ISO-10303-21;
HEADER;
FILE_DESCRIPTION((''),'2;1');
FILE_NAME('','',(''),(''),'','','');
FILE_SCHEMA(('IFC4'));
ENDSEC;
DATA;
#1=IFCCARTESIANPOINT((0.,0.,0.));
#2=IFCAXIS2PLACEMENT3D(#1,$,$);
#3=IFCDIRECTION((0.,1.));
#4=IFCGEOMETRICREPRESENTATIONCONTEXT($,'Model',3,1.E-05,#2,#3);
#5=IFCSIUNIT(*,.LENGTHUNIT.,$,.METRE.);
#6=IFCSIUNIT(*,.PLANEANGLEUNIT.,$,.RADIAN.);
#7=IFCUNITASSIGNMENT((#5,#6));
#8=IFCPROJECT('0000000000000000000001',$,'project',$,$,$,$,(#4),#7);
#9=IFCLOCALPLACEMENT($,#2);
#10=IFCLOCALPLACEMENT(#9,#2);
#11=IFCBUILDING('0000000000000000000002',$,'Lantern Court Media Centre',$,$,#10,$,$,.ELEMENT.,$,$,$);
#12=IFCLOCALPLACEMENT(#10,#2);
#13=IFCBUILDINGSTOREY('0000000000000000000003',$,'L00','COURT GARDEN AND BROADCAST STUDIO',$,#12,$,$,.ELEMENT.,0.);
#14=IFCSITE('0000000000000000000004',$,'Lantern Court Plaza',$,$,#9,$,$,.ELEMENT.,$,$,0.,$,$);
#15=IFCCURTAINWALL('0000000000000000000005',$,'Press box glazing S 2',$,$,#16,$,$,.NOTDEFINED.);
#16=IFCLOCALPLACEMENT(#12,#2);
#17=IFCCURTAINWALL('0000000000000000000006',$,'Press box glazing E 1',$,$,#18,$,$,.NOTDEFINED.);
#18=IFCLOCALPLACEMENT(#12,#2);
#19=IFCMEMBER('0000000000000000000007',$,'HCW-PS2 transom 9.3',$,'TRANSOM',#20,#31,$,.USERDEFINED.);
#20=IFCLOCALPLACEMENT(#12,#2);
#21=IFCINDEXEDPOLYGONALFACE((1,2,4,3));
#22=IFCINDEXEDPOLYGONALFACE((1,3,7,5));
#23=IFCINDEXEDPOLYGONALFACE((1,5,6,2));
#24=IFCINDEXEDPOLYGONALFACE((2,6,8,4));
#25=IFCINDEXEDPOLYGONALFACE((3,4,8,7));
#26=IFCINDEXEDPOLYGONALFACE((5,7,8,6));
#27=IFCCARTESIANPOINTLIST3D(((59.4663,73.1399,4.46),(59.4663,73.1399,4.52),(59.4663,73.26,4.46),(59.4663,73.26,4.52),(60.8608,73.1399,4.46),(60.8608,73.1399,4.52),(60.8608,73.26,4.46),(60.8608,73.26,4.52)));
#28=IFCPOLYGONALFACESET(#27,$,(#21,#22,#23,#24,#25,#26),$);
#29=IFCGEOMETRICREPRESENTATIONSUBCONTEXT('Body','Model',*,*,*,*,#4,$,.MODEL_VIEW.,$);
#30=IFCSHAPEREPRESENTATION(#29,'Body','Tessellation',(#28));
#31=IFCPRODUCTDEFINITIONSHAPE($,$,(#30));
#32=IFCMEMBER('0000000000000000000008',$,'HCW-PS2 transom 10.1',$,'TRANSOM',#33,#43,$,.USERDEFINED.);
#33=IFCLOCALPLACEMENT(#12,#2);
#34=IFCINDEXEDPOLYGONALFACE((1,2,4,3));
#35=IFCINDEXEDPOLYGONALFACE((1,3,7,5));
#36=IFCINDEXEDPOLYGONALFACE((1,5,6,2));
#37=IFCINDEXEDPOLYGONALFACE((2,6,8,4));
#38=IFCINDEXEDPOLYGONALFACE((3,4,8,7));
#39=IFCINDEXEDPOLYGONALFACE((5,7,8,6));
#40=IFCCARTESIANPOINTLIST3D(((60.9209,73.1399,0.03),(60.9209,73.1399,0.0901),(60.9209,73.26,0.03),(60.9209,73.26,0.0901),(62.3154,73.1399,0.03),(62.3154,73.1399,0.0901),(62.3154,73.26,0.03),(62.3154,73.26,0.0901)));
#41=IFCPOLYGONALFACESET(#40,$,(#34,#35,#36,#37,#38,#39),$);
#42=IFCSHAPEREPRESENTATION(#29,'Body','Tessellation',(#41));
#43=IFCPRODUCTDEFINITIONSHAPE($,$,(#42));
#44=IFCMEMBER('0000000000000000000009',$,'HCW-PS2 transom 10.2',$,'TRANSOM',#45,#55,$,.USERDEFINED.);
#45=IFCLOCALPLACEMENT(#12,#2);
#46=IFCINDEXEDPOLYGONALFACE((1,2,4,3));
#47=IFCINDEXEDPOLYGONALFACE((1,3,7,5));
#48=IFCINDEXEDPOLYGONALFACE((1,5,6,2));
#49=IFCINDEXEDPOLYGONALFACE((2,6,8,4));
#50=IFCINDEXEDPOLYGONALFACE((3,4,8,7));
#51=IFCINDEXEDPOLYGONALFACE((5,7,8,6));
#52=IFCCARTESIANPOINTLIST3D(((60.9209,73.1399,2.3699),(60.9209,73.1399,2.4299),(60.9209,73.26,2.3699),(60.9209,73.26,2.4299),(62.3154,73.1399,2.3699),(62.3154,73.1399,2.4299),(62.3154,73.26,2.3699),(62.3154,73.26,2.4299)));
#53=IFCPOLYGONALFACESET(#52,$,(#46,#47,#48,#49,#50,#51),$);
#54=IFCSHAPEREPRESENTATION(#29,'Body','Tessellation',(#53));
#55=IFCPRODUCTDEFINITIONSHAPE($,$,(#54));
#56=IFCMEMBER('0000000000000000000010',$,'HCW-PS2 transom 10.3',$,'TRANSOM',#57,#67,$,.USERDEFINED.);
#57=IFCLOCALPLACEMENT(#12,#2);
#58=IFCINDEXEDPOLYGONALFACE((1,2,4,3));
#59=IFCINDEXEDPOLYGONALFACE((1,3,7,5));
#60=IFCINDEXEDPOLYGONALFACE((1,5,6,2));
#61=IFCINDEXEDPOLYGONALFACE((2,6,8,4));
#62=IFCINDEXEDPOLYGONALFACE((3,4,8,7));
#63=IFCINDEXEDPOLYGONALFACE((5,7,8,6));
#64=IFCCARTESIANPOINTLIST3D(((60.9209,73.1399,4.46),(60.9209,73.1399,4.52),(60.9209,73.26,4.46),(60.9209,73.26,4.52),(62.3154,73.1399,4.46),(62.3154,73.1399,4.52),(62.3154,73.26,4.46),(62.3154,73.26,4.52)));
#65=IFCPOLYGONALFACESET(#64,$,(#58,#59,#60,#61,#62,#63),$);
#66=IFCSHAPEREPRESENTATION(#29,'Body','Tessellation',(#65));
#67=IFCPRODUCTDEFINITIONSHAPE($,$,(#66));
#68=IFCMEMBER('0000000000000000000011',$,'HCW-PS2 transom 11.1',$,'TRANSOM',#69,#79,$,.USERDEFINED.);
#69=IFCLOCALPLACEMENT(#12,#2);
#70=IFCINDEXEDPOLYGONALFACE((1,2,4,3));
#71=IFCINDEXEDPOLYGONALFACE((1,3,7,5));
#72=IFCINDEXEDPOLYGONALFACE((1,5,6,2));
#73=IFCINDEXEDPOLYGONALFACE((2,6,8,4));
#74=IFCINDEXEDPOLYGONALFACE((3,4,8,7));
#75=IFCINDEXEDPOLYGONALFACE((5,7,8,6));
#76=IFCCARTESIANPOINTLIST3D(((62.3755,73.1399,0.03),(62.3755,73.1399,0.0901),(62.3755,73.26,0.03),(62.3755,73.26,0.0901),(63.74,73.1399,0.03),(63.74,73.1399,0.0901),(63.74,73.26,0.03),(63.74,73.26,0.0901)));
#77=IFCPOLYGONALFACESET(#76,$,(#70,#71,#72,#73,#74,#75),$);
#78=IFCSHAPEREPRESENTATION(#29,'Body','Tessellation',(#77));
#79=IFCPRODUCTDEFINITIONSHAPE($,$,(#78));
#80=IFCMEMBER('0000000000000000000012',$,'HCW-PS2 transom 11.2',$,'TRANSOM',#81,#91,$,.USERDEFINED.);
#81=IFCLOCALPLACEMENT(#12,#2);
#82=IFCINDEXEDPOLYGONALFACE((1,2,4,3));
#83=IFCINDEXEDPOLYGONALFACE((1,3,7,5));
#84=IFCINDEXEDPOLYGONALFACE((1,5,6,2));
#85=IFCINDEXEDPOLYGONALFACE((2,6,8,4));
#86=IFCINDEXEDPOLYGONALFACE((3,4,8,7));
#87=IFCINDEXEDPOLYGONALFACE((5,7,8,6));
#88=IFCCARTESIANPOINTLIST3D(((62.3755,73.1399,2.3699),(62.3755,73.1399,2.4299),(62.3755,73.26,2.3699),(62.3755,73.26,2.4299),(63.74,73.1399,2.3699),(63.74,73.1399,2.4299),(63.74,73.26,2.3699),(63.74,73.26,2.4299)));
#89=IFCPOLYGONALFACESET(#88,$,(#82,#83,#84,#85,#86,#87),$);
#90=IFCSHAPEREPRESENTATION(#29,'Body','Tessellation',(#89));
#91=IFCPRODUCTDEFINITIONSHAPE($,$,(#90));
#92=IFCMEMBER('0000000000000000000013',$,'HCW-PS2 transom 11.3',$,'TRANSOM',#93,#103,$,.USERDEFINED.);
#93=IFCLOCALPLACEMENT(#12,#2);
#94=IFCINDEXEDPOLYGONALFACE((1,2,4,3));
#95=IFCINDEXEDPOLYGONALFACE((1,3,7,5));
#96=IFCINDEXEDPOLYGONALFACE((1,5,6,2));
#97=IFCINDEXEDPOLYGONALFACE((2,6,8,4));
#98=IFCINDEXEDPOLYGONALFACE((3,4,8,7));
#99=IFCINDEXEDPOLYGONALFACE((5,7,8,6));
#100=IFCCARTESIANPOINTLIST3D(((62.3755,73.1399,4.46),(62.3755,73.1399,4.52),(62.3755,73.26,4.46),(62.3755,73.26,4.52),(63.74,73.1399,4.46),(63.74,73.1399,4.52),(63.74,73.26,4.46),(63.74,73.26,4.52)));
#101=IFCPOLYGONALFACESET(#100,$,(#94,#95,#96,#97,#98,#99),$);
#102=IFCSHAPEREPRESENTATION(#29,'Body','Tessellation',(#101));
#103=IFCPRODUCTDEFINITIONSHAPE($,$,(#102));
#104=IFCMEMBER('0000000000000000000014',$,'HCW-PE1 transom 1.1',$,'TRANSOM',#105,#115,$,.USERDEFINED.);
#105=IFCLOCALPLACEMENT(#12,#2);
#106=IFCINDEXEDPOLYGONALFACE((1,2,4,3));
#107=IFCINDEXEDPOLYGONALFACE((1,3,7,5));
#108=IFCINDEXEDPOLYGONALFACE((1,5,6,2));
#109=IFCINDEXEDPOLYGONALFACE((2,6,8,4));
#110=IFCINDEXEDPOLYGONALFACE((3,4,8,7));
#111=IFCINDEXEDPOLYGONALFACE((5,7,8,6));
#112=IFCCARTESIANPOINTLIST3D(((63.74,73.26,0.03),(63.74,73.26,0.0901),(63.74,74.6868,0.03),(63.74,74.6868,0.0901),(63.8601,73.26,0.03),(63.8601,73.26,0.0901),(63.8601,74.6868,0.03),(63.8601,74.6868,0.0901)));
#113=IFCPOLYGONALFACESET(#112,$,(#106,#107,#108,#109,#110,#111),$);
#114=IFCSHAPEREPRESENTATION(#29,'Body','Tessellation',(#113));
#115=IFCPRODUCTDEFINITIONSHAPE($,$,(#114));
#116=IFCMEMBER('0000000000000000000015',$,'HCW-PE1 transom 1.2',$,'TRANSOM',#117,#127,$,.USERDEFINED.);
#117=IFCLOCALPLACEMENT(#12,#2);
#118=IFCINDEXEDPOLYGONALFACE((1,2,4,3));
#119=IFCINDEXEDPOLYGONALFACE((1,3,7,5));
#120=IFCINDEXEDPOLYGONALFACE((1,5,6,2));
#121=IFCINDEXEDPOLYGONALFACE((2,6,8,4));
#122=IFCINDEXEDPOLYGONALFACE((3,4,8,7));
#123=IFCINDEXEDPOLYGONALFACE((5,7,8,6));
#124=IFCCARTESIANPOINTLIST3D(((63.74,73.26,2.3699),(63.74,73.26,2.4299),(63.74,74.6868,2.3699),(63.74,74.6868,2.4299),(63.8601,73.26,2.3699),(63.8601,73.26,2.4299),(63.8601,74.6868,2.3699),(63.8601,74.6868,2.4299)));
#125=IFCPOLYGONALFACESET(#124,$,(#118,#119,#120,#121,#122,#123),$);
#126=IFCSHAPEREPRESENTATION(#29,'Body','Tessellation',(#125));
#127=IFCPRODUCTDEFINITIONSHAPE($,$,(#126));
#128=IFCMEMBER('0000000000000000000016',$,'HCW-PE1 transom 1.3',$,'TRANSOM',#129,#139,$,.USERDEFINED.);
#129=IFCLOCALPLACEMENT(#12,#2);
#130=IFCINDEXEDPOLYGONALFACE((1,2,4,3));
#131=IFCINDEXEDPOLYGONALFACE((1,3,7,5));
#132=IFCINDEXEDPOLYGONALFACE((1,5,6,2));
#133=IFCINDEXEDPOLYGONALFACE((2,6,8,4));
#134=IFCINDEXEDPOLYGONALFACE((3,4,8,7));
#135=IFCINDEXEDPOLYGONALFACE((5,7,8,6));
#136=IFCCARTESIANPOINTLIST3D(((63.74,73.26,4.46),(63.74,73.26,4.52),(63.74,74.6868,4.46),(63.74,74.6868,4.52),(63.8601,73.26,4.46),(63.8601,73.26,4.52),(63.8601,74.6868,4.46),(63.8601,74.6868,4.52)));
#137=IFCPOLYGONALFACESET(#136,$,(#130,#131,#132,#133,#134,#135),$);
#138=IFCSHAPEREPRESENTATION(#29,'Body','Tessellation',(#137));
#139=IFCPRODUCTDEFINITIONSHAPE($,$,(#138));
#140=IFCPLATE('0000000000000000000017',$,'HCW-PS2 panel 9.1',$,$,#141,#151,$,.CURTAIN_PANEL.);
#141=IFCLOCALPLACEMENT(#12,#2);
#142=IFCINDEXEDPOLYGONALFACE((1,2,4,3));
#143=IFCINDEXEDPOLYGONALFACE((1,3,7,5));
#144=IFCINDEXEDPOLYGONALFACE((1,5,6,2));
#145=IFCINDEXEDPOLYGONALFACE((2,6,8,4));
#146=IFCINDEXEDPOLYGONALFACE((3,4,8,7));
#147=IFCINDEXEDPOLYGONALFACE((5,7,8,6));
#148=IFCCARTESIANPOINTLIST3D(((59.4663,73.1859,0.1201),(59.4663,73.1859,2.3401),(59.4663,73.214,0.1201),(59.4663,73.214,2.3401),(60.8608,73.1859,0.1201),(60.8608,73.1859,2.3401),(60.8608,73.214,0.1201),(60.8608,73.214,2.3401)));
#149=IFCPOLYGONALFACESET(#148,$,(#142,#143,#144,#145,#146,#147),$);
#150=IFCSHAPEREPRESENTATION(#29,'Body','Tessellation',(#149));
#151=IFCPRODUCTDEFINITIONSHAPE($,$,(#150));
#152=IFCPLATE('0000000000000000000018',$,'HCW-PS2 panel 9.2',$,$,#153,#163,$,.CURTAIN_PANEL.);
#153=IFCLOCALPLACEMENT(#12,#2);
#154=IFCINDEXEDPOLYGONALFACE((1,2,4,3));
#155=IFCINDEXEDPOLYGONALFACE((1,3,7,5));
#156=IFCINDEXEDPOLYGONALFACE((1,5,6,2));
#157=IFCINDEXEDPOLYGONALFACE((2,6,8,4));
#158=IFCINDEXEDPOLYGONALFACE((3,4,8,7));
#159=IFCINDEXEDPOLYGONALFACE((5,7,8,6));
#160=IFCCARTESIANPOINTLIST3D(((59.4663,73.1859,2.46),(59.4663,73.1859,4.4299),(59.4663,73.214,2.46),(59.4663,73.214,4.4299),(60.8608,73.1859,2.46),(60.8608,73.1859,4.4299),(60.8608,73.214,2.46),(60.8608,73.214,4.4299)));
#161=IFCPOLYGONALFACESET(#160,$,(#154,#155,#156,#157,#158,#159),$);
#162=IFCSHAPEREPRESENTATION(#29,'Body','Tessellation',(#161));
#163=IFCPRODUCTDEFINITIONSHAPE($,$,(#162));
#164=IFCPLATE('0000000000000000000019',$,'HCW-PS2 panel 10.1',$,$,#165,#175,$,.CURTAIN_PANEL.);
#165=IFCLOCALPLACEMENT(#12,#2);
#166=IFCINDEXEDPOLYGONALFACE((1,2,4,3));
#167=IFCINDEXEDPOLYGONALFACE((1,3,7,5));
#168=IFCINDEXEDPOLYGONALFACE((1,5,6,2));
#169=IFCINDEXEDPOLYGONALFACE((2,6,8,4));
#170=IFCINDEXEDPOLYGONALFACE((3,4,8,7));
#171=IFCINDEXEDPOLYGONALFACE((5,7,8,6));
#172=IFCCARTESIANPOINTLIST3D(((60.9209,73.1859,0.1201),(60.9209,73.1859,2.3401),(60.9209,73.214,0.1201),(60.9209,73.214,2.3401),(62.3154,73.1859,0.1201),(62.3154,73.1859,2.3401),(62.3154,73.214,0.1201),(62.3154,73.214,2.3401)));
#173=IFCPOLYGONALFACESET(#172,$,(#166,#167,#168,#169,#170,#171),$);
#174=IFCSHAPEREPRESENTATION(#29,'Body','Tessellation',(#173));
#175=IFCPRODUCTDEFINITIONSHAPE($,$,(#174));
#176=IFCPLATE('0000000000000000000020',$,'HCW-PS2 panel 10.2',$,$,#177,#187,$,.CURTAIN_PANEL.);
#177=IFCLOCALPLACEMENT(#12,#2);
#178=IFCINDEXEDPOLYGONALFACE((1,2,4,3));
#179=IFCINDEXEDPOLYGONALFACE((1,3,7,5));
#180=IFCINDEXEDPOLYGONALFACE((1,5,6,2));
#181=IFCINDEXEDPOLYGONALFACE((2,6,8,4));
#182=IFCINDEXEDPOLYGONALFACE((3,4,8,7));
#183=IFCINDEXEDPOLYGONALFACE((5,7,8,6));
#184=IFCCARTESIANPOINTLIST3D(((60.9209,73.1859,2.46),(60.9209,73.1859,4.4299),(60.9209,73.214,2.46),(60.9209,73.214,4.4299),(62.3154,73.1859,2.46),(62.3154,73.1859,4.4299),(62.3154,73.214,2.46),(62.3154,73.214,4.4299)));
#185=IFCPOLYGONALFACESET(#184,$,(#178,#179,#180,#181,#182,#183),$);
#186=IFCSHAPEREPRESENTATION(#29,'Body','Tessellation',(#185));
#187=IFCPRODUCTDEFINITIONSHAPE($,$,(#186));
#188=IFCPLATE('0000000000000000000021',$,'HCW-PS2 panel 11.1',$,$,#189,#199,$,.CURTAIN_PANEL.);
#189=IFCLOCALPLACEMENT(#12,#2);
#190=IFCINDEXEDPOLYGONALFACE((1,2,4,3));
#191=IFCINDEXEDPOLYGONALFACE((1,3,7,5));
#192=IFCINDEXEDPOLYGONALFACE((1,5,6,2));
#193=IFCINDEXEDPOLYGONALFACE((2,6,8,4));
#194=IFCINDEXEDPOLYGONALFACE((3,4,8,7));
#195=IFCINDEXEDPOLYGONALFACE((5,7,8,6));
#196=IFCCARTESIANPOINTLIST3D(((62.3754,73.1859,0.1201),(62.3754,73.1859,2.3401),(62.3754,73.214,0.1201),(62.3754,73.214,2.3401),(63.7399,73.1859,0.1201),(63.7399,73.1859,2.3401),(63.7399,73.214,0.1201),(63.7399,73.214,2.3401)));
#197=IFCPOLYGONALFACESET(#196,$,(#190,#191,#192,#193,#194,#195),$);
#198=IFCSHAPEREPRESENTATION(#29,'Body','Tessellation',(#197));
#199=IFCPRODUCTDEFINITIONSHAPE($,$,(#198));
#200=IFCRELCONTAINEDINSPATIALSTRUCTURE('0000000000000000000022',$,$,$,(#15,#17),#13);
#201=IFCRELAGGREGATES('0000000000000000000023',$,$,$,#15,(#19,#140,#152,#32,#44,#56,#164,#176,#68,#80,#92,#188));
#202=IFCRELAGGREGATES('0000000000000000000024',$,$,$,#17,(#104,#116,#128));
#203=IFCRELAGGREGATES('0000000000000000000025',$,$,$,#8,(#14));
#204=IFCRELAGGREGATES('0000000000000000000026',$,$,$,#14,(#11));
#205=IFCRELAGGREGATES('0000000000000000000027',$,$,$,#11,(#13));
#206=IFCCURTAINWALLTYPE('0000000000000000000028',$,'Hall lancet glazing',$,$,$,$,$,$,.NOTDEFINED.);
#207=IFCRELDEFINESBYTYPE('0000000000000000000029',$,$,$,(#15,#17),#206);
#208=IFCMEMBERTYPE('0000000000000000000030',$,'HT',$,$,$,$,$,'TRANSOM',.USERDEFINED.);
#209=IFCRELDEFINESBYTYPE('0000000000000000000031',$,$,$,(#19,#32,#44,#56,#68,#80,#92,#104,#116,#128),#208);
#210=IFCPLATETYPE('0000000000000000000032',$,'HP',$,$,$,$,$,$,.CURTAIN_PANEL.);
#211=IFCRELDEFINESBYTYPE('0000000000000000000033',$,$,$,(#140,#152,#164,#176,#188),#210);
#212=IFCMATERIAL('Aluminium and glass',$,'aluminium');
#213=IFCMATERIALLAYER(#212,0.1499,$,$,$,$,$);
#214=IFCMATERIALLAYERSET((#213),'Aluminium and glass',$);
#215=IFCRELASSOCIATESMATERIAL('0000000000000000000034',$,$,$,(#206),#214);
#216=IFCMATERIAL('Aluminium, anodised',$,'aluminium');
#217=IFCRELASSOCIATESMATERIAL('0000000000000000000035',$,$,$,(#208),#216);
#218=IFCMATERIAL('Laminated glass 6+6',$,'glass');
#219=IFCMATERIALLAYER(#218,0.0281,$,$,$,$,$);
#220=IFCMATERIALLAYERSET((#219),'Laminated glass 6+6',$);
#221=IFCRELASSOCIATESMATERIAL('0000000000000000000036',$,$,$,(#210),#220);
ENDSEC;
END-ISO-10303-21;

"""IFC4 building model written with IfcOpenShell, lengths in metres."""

from ifc_helpers import new_model, si_unit, direction, frame, origin, origin_2d, place, context, subcontext, project, spatial, rectangle, extrude, material, layer, layer_set, material_profile, profile_set, type_object, element, aggregate, save


model = new_model("IFC4")

# Units and contexts
model_context = context("Model", 3, precision=1e-05, world=origin(), true_north=direction((0.0, 1.0)))
body_context = subcontext(model_context, "Body", "Model", "MODEL_VIEW")
ifc_project = project(units=[si_unit("LENGTHUNIT", "METRE"), si_unit("PLANEANGLEUNIT", "RADIAN")], contexts=[model_context])

# Site, building, storey
site_placement = place(None, origin())
site = spatial("IfcSite", under=ifc_project, at=site_placement, Name="Lantern Court Plaza", CompositionType="ELEMENT", RefElevation=0.0)
building_placement = place(site_placement, origin())
building = spatial("IfcBuilding", under=site, at=building_placement, Name="Lantern Court Media Centre", CompositionType="ELEMENT")
storey_placement = place(building_placement, origin())
storey = spatial("IfcBuildingStorey", under=building, at=storey_placement, Name="L00", Description="COURT GARDEN AND BROADCAST STUDIO", CompositionType="ELEMENT", Elevation=0.0)

# Curtain wall
ifc_material_1 = material(Name="Aluminium and glass", Category="aluminium")
ifc_layer_1 = layer(ifc_material_1, 0.1499)
ifc_layer_set_1 = layer_set([ifc_layer_1], Name="Aluminium and glass")
curtain_wall_type = type_object("IfcCurtainWallType", Name="Hall lancet glazing", PredefinedType="NOTDEFINED", material=ifc_layer_set_1)
curtain_wall_1_placement = place(storey_placement, origin())
curtain_wall_1 = element("IfcCurtainWall", 1, at=curtain_wall_1_placement, inside=storey, type_object=curtain_wall_type, Name="Press box glazing S 2", PredefinedType="NOTDEFINED")
ifc_material_2 = material(Name="Aluminium, anodised", Category="aluminium")

# Curtain wall
curtain_wall_2_placement = place(storey_placement, origin())
curtain_wall_2 = element("IfcCurtainWall", 2, at=curtain_wall_2_placement, inside=storey, type_object=curtain_wall_type, Name="Press box glazing E 1", PredefinedType="NOTDEFINED")

# Members
ifc_material_profile_1 = material_profile(ifc_material_2, rectangle(XDim=0.1201, YDim=0.0601, at=origin_2d()), Name="HT")
ifc_profile_set_1 = profile_set([ifc_material_profile_1], Name="Aluminium, anodised")
member_type_1 = type_object("IfcMemberType", Name="HT", ElementType="TRANSOM", PredefinedType="USERDEFINED", material=ifc_profile_set_1)
member_1_placement = place(storey_placement, frame((59.4663, 73.2, 4.49), z_axis=(1.0, 0.0, 0.0), x_axis=(0.0, 1.0, 0.0)))
member_1 = element("IfcMember", 3, at=member_1_placement, type_object=member_type_1, Name="HCW-PS2 transom 9.3", ObjectType="TRANSOM", PredefinedType="USERDEFINED", context=body_context, shape_type="SweptSolid", body=[
    extrude(rectangle(XDim=0.1201, YDim=0.0601, at=origin_2d()), origin(), (0.0, 0.0, 1.0), 1.3945),
])
member_2_placement = place(storey_placement, frame((60.9209, 73.2, 0.0601), z_axis=(1.0, 0.0, 0.0), x_axis=(0.0, 1.0, 0.0)))
member_2 = element("IfcMember", 4, at=member_2_placement, type_object=member_type_1, Name="HCW-PS2 transom 10.1", ObjectType="TRANSOM", PredefinedType="USERDEFINED", context=body_context, shape_type="SweptSolid", body=[
    extrude(rectangle(XDim=0.1201, YDim=0.0601, at=origin_2d()), origin(), (0.0, 0.0, 1.0), 1.3945),
])
member_3_placement = place(storey_placement, frame((60.9209, 73.2, 2.3999), z_axis=(1.0, 0.0, 0.0), x_axis=(0.0, 1.0, 0.0)))
member_3 = element("IfcMember", 5, at=member_3_placement, type_object=member_type_1, Name="HCW-PS2 transom 10.2", ObjectType="TRANSOM", PredefinedType="USERDEFINED", context=body_context, shape_type="SweptSolid", body=[
    extrude(rectangle(XDim=0.1201, YDim=0.0601, at=origin_2d()), origin(), (0.0, 0.0, 1.0), 1.3945),
])
member_4_placement = place(storey_placement, frame((60.9209, 73.2, 4.49), z_axis=(1.0, 0.0, 0.0), x_axis=(0.0, 1.0, 0.0)))
member_4 = element("IfcMember", 6, at=member_4_placement, type_object=member_type_1, Name="HCW-PS2 transom 10.3", ObjectType="TRANSOM", PredefinedType="USERDEFINED", context=body_context, shape_type="SweptSolid", body=[
    extrude(rectangle(XDim=0.1201, YDim=0.0601, at=origin_2d()), origin(), (0.0, 0.0, 1.0), 1.3945),
])
member_5_placement = place(storey_placement, frame((62.3755, 73.2, 0.0601), z_axis=(1.0, 0.0, 0.0), x_axis=(0.0, 1.0, 0.0)))
member_5 = element("IfcMember", 7, at=member_5_placement, type_object=member_type_1, Name="HCW-PS2 transom 11.1", ObjectType="TRANSOM", PredefinedType="USERDEFINED", context=body_context, shape_type="SweptSolid", body=[
    extrude(rectangle(XDim=0.1201, YDim=0.0601, at=origin_2d()), origin(), (0.0, 0.0, 1.0), 1.3645),
])
member_6_placement = place(storey_placement, frame((62.3755, 73.2, 2.3999), z_axis=(1.0, 0.0, 0.0), x_axis=(0.0, 1.0, 0.0)))
member_6 = element("IfcMember", 8, at=member_6_placement, type_object=member_type_1, Name="HCW-PS2 transom 11.2", ObjectType="TRANSOM", PredefinedType="USERDEFINED", context=body_context, shape_type="SweptSolid", body=[
    extrude(rectangle(XDim=0.1201, YDim=0.0601, at=origin_2d()), origin(), (0.0, 0.0, 1.0), 1.3645),
])
member_7_placement = place(storey_placement, frame((62.3755, 73.2, 4.49), z_axis=(1.0, 0.0, 0.0), x_axis=(0.0, 1.0, 0.0)))
member_7 = element("IfcMember", 9, at=member_7_placement, type_object=member_type_1, Name="HCW-PS2 transom 11.3", ObjectType="TRANSOM", PredefinedType="USERDEFINED", context=body_context, shape_type="SweptSolid", body=[
    extrude(rectangle(XDim=0.1201, YDim=0.0601, at=origin_2d()), origin(), (0.0, 0.0, 1.0), 1.3645),
])
member_8_placement = place(storey_placement, frame((63.8, 73.26, 0.0601), z_axis=(0.0, 1.0, 0.0), x_axis=(-1.0, 0.0, 0.0)))
member_8 = element("IfcMember", 10, at=member_8_placement, type_object=member_type_1, Name="HCW-PE1 transom 1.1", ObjectType="TRANSOM", PredefinedType="USERDEFINED", context=body_context, shape_type="SweptSolid", body=[
    extrude(rectangle(XDim=0.1201, YDim=0.0601, at=origin_2d()), origin(), (0.0, 0.0, 1.0), 1.4268),
])
member_9_placement = place(storey_placement, frame((63.8, 73.26, 2.3999), z_axis=(0.0, 1.0, 0.0), x_axis=(-1.0, 0.0, 0.0)))
member_9 = element("IfcMember", 11, at=member_9_placement, type_object=member_type_1, Name="HCW-PE1 transom 1.2", ObjectType="TRANSOM", PredefinedType="USERDEFINED", context=body_context, shape_type="SweptSolid", body=[
    extrude(rectangle(XDim=0.1201, YDim=0.0601, at=origin_2d()), origin(), (0.0, 0.0, 1.0), 1.4268),
])
member_10_placement = place(storey_placement, frame((63.8, 73.26, 4.49), z_axis=(0.0, 1.0, 0.0), x_axis=(-1.0, 0.0, 0.0)))
member_10 = element("IfcMember", 12, at=member_10_placement, type_object=member_type_1, Name="HCW-PE1 transom 1.3", ObjectType="TRANSOM", PredefinedType="USERDEFINED", context=body_context, shape_type="SweptSolid", body=[
    extrude(rectangle(XDim=0.1201, YDim=0.0601, at=origin_2d()), origin(), (0.0, 0.0, 1.0), 1.4268),
])

# Plates
ifc_material_3 = material(Name="Laminated glass 6+6", Category="glass")
ifc_layer_2 = layer(ifc_material_3, 0.0281)
ifc_layer_set_2 = layer_set([ifc_layer_2], Name="Laminated glass 6+6")
plate_type = type_object("IfcPlateType", Name="HP", PredefinedType="CURTAIN_PANEL", material=ifc_layer_set_2)
plate_1_placement = place(storey_placement, frame((60.1636, 73.2, 0.1201), z_axis=(0.0, 0.0, 1.0), x_axis=(1.0, 0.0, 0.0)))
plate_1 = element("IfcPlate", 13, at=plate_1_placement, type_object=plate_type, Name="HCW-PS2 panel 9.1", PredefinedType="CURTAIN_PANEL", context=body_context, shape_type="SweptSolid", body=[
    extrude(rectangle(XDim=1.3945, YDim=0.0281, at=origin_2d()), origin(), (0.0, 0.0, 1.0), 2.22),
])
plate_2_placement = place(storey_placement, frame((60.1636, 73.2, 2.46), z_axis=(0.0, 0.0, 1.0), x_axis=(1.0, 0.0, 0.0)))
plate_2 = element("IfcPlate", 14, at=plate_2_placement, type_object=plate_type, Name="HCW-PS2 panel 9.2", PredefinedType="CURTAIN_PANEL", context=body_context, shape_type="SweptSolid", body=[
    extrude(rectangle(XDim=1.3945, YDim=0.0281, at=origin_2d()), origin(), (0.0, 0.0, 1.0), 1.97),
])
plate_3_placement = place(storey_placement, frame((61.6182, 73.2, 0.1201), z_axis=(0.0, 0.0, 1.0), x_axis=(1.0, 0.0, 0.0)))
plate_3 = element("IfcPlate", 15, at=plate_3_placement, type_object=plate_type, Name="HCW-PS2 panel 10.1", PredefinedType="CURTAIN_PANEL", context=body_context, shape_type="SweptSolid", body=[
    extrude(rectangle(XDim=1.3945, YDim=0.0281, at=origin_2d()), origin(), (0.0, 0.0, 1.0), 2.22),
])
plate_4_placement = place(storey_placement, frame((61.6182, 73.2, 2.46), z_axis=(0.0, 0.0, 1.0), x_axis=(1.0, 0.0, 0.0)))
plate_4 = element("IfcPlate", 16, at=plate_4_placement, type_object=plate_type, Name="HCW-PS2 panel 10.2", PredefinedType="CURTAIN_PANEL", context=body_context, shape_type="SweptSolid", body=[
    extrude(rectangle(XDim=1.3945, YDim=0.0281, at=origin_2d()), origin(), (0.0, 0.0, 1.0), 1.97),
])
plate_5_placement = place(storey_placement, frame((63.0576, 73.2, 0.1201), z_axis=(0.0, 0.0, 1.0), x_axis=(1.0, 0.0, 0.0)))
plate_5 = element("IfcPlate", 17, at=plate_5_placement, type_object=plate_type, Name="HCW-PS2 panel 11.1", PredefinedType="CURTAIN_PANEL", context=body_context, shape_type="SweptSolid", body=[
    extrude(rectangle(XDim=1.3645, YDim=0.0281, at=origin_2d()), origin(), (0.0, 0.0, 1.0), 2.22),
])
aggregate(curtain_wall_1, [member_1, plate_1, plate_2, member_2, member_3, member_4, plate_3, plate_4, member_5, member_6, member_7, plate_5])
aggregate(curtain_wall_2, [member_8, member_9, member_10])

save(model, "model.ifc")
